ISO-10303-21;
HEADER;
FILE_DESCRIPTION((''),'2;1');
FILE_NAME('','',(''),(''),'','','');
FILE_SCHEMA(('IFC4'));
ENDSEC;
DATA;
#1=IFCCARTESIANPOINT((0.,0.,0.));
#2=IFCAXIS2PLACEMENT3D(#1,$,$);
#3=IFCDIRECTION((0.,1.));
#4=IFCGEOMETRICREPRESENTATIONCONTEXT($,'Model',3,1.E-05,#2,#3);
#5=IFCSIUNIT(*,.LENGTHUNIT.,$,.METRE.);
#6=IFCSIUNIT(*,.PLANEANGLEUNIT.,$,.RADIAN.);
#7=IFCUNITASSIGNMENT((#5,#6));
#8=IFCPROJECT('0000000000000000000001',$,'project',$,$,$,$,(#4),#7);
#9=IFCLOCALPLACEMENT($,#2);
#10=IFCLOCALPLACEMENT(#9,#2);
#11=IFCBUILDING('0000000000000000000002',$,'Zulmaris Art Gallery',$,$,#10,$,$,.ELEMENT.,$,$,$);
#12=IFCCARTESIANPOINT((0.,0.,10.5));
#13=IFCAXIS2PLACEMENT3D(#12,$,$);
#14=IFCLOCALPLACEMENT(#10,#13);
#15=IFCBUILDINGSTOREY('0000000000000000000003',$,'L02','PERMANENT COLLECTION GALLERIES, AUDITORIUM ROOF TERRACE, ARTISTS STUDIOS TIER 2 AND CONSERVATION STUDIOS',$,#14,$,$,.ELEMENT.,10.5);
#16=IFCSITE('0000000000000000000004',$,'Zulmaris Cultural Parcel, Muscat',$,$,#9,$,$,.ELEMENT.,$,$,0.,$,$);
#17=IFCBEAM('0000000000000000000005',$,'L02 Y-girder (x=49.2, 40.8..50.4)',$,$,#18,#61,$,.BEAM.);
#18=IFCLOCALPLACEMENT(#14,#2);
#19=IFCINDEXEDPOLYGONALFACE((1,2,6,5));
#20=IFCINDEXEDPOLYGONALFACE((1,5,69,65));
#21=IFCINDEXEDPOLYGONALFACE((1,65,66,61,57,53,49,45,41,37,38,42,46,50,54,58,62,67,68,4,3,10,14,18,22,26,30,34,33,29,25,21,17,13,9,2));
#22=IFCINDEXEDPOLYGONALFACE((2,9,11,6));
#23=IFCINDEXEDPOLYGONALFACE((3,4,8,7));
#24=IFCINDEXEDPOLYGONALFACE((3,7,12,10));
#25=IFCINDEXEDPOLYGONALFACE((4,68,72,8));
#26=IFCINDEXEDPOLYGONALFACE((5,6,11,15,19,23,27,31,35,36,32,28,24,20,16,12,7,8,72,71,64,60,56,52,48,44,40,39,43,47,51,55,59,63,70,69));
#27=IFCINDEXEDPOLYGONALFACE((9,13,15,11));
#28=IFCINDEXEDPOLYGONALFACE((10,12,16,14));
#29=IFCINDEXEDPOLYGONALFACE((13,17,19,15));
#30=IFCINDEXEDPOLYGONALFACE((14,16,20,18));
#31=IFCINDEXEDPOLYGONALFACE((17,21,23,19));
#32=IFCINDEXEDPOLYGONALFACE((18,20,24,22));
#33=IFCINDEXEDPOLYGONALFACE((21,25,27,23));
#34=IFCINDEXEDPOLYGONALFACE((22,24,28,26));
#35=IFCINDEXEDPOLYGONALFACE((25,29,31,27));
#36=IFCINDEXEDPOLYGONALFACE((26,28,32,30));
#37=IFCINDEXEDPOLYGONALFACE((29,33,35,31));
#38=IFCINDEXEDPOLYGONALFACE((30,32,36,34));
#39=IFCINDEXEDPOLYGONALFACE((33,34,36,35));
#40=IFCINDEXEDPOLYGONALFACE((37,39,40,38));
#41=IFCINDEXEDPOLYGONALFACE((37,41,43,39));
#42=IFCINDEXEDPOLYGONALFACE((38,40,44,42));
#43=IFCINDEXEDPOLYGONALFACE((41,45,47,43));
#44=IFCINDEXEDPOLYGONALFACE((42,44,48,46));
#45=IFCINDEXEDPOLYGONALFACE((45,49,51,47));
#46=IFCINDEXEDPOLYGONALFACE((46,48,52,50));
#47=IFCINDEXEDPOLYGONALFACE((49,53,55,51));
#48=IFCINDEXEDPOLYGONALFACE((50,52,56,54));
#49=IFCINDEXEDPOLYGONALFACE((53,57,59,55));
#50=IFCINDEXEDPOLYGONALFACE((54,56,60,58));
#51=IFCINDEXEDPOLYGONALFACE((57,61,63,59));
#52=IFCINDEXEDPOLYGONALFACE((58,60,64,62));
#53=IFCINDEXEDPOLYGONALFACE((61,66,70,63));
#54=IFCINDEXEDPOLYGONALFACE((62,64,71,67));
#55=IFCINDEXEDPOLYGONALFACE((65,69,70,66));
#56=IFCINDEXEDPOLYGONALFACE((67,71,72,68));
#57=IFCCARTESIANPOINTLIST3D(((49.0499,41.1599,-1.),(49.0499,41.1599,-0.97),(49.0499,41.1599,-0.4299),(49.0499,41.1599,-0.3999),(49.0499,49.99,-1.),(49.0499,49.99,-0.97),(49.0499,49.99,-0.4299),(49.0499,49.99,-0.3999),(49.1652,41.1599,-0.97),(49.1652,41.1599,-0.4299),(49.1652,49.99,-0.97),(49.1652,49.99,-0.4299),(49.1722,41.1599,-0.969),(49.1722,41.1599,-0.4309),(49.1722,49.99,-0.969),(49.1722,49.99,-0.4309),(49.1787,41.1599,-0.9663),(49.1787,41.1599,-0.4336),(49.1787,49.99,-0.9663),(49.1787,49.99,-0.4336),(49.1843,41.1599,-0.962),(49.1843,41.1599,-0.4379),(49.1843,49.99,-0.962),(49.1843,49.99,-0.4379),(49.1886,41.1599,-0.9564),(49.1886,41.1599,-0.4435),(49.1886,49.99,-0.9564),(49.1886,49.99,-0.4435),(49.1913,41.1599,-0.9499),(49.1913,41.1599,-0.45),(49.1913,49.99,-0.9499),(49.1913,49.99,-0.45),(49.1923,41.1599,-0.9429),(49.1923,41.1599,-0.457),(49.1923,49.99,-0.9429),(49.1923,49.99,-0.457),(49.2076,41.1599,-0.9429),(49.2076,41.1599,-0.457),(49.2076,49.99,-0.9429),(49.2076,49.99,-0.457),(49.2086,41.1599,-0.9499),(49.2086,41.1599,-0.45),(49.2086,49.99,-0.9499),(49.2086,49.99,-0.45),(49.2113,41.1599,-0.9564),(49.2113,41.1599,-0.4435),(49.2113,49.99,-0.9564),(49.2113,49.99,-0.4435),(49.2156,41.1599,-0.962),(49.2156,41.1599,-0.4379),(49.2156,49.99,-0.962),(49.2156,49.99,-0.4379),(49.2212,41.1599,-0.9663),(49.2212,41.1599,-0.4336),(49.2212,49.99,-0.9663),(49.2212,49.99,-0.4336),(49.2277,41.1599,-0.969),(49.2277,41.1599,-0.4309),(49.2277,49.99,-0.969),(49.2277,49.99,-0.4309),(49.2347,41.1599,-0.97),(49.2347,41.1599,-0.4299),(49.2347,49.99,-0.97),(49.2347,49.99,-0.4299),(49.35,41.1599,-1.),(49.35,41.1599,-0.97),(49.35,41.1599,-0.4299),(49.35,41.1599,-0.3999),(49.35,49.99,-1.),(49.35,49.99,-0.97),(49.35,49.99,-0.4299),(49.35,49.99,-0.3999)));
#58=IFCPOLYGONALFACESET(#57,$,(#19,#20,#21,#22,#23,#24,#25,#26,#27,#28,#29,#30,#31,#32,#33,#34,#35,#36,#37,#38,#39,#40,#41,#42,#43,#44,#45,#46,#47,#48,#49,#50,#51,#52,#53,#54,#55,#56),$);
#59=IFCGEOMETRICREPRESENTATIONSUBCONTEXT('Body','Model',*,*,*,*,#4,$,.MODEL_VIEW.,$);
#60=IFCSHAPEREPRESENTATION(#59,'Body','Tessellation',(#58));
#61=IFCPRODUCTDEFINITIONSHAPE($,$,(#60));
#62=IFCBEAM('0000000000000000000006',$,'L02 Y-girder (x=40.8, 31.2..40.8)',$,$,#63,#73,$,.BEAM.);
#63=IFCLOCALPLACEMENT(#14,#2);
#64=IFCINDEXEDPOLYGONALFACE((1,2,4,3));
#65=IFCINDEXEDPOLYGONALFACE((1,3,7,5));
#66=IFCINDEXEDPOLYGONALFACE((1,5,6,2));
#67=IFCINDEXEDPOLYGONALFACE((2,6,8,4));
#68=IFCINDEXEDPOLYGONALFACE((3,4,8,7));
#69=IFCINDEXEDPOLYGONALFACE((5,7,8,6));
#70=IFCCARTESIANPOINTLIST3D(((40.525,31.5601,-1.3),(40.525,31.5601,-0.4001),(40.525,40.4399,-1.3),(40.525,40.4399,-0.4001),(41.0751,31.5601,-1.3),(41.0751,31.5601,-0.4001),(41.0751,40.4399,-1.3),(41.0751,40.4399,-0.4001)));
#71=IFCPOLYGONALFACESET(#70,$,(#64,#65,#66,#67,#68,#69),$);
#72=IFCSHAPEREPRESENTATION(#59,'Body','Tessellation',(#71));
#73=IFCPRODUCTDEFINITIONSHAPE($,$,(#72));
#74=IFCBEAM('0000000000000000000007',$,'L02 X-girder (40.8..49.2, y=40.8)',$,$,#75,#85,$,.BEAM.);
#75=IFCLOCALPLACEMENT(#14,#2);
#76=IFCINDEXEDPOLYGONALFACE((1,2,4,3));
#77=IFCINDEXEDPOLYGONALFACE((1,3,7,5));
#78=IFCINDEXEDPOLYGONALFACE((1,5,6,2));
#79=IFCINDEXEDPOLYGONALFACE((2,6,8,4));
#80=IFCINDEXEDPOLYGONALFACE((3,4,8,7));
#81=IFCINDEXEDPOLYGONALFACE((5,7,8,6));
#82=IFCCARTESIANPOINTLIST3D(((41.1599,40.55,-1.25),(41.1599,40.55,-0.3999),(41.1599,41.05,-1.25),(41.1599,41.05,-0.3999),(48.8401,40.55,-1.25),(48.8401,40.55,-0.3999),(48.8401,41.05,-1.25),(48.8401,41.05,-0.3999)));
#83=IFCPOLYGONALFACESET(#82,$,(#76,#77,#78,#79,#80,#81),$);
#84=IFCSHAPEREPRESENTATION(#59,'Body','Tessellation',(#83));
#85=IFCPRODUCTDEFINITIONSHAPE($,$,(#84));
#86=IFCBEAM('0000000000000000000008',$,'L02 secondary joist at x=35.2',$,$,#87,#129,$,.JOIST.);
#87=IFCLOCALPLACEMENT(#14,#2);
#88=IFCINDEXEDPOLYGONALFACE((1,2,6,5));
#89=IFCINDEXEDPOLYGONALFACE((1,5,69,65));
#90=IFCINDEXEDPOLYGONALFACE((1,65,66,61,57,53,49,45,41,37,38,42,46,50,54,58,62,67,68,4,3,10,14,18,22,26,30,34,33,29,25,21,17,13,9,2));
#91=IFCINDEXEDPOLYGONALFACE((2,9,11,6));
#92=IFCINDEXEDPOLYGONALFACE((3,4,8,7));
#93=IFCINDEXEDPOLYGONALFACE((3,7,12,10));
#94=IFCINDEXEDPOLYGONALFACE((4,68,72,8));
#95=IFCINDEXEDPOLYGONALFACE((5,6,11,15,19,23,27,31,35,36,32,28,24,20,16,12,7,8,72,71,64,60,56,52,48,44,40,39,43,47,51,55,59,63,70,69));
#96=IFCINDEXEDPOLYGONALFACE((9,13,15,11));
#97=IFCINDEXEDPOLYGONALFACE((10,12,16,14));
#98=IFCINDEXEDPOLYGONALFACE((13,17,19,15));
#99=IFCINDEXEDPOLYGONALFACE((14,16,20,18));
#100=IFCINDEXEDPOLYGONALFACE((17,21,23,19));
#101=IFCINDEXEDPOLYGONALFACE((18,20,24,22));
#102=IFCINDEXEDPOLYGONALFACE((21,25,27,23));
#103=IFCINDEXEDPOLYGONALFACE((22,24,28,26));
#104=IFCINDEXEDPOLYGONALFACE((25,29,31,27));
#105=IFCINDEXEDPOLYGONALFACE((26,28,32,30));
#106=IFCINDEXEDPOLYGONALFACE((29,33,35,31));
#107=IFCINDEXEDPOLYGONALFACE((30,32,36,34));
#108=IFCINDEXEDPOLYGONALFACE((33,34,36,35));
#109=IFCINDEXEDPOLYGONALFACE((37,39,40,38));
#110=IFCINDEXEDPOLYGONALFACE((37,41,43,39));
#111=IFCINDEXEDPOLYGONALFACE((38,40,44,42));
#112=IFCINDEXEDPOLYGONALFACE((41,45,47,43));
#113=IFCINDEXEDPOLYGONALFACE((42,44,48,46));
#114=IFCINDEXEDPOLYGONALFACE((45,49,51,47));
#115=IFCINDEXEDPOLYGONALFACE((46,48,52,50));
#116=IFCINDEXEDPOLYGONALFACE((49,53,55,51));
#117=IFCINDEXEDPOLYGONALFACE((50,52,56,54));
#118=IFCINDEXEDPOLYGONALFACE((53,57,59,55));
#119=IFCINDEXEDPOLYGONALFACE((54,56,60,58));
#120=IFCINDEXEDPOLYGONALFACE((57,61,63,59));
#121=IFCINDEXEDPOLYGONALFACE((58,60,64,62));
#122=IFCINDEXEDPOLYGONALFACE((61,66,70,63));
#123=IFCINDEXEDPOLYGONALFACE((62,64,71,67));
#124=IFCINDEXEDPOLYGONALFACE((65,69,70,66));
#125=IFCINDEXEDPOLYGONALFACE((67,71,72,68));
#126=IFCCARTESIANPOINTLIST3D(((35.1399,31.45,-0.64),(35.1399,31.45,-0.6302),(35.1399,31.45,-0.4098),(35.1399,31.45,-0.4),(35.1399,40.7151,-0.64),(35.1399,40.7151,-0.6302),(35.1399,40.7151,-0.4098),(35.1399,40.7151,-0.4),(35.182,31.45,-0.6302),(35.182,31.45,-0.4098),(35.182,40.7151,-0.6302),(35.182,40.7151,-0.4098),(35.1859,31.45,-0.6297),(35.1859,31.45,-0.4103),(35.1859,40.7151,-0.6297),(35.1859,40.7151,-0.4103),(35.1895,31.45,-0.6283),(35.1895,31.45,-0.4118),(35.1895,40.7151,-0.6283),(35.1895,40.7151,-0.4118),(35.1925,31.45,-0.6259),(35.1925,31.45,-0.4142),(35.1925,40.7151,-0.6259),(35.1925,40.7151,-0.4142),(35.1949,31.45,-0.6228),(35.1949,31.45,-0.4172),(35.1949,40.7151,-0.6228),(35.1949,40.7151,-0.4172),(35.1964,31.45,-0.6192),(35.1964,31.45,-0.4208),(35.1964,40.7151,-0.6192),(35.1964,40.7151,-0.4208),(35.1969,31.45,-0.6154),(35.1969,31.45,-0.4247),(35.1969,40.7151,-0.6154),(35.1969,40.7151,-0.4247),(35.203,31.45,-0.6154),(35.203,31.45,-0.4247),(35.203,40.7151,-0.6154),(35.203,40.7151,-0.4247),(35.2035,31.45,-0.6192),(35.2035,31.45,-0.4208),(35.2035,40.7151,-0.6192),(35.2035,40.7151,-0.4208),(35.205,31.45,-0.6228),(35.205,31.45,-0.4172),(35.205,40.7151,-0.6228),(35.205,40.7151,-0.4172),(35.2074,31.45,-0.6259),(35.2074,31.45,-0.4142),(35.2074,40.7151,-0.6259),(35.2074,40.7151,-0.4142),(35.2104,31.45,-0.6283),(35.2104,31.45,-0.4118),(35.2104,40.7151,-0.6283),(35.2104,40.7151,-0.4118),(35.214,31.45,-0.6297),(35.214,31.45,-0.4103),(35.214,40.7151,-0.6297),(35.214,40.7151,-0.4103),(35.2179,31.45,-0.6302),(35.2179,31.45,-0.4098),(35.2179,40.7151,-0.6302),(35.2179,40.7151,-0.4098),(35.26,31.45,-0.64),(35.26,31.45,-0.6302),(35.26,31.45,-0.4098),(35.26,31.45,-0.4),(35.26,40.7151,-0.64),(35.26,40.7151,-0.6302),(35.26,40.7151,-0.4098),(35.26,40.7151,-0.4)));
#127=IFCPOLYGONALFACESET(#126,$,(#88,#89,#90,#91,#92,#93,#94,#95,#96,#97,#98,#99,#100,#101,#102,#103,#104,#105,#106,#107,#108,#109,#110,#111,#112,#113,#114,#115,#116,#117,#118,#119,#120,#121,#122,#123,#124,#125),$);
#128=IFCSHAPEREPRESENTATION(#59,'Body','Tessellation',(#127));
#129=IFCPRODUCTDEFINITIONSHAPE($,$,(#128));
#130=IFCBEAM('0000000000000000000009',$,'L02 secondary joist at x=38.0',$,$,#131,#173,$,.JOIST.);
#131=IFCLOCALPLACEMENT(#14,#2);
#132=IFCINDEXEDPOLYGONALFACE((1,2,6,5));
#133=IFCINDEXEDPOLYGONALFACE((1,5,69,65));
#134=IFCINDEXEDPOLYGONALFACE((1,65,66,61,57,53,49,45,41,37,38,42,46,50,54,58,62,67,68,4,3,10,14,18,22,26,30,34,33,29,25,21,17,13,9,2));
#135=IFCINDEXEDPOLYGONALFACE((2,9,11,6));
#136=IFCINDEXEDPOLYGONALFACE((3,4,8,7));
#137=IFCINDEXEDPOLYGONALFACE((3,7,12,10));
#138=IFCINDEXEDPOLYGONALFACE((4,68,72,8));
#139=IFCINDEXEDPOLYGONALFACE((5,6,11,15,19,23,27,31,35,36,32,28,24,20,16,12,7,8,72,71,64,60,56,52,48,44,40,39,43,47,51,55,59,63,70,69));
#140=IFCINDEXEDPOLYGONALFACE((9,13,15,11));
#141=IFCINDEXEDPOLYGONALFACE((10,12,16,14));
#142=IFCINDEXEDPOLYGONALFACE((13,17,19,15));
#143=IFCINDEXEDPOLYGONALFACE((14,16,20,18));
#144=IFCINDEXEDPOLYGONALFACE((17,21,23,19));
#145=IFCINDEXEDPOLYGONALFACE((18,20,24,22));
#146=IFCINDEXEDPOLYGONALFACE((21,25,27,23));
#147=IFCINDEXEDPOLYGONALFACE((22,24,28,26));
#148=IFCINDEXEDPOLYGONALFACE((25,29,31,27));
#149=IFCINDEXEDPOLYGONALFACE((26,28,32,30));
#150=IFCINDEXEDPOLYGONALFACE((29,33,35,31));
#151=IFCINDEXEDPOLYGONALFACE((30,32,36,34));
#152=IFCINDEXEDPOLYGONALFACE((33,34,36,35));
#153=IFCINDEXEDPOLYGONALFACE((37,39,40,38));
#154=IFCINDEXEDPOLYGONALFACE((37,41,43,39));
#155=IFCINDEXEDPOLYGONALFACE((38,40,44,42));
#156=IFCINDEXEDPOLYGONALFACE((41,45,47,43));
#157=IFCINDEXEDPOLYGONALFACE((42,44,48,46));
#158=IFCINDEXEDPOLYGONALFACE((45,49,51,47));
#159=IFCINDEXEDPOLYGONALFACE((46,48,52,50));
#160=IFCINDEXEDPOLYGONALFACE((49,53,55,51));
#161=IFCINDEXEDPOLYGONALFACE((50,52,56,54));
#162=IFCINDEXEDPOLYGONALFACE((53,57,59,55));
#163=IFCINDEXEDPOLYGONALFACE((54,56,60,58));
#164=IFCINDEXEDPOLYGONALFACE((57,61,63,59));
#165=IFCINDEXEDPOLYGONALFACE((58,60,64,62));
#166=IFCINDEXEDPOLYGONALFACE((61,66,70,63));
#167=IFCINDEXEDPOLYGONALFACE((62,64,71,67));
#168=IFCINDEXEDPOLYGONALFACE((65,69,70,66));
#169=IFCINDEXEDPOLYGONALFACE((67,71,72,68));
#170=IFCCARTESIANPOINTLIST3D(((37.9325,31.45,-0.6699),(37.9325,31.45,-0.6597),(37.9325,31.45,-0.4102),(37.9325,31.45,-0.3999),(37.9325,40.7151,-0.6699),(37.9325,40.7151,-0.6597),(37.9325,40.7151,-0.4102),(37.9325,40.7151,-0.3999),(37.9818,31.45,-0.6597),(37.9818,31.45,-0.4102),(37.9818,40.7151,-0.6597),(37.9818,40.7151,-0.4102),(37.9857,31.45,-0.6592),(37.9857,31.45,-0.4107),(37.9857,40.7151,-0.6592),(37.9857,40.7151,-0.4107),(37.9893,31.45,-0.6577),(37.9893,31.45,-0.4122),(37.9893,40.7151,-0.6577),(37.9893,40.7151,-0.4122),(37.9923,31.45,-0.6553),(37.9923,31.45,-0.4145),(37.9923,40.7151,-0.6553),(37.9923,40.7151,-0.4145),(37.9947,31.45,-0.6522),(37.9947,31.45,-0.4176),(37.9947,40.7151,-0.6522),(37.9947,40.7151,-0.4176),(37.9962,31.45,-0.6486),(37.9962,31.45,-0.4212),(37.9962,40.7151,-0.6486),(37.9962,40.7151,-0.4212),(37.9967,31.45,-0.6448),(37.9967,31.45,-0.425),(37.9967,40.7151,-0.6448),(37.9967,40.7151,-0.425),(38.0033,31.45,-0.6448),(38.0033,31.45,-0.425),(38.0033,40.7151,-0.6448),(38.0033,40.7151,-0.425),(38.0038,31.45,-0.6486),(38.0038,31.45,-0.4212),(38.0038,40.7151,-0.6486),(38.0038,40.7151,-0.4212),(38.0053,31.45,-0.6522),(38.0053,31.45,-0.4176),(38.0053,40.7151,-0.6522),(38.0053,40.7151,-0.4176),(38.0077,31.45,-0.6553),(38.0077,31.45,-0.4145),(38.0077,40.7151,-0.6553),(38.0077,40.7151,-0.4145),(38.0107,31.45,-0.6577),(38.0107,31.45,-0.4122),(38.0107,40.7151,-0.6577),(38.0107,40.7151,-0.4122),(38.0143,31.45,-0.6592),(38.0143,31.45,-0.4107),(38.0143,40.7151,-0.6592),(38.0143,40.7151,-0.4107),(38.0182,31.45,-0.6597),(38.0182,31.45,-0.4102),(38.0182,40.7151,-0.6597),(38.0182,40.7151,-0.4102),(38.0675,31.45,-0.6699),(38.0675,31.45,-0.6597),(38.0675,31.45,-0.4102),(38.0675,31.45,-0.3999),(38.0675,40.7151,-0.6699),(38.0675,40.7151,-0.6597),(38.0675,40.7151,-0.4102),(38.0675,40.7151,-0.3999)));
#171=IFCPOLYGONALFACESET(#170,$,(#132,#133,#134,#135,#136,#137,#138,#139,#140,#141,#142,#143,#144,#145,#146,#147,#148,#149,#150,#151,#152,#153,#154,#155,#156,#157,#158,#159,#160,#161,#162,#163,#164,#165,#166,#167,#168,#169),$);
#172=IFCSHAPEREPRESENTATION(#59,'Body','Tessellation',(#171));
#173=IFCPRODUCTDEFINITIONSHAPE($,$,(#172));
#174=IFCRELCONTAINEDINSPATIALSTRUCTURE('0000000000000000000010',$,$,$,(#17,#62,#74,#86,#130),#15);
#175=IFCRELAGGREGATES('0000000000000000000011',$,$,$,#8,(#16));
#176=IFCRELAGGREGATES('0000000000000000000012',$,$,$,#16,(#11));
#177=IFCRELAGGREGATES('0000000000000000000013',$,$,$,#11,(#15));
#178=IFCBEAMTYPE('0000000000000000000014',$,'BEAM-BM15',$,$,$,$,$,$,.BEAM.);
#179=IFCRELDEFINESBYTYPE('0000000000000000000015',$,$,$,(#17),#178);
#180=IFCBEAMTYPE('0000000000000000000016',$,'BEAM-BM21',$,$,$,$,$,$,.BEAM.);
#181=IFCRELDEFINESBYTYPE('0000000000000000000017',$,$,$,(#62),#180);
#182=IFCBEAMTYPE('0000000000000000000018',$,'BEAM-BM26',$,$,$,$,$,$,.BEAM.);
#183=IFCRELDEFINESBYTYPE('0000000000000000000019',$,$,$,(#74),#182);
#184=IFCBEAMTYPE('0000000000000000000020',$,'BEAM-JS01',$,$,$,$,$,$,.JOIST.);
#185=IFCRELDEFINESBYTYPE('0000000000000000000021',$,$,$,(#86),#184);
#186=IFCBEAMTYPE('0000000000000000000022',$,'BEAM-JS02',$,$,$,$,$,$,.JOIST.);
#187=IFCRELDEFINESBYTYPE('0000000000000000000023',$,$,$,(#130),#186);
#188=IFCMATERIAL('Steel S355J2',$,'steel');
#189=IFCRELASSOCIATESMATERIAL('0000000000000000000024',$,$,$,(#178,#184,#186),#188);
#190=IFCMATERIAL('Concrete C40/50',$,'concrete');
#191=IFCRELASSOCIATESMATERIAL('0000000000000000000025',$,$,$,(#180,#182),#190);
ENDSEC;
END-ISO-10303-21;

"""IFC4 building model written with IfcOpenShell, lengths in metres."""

from ifc_helpers import new_model, si_unit, direction, frame, origin, origin_2d, place, context, subcontext, project, spatial, rectangle, i_section, extrude, material, material_profile, profile_set, type_object, element, save


model = new_model("IFC4")

# Units and contexts
model_context = context("Model", 3, precision=1e-05, world=origin(), true_north=direction((0.0, 1.0)))
body_context = subcontext(model_context, "Body", "Model", "MODEL_VIEW")
ifc_project = project(units=[si_unit("LENGTHUNIT", "METRE"), si_unit("PLANEANGLEUNIT", "RADIAN")], contexts=[model_context])

# Site, building, storey
site_placement = place(None, origin())
site = spatial("IfcSite", under=ifc_project, at=site_placement, Name="Zulmaris Cultural Parcel, Muscat", CompositionType="ELEMENT", RefElevation=0.0)
building_placement = place(site_placement, origin())
building = spatial("IfcBuilding", under=site, at=building_placement, Name="Zulmaris Art Gallery", CompositionType="ELEMENT")
storey_placement = place(building_placement, frame((0.0, 0.0, 10.5)))
storey = spatial("IfcBuildingStorey", under=building, at=storey_placement, Name="L02", Description="PERMANENT COLLECTION GALLERIES, AUDITORIUM ROOF TERRACE, ARTISTS STUDIOS TIER 2 AND CONSERVATION STUDIOS", CompositionType="ELEMENT", Elevation=10.5)

# Shared definitions
ifc_material_1 = material(Name="Concrete C40/50", Category="concrete")

# Beams
ifc_material_2 = material(Name="Steel S355J2", Category="steel")
ifc_material_profile_1 = material_profile(ifc_material_2, i_section(OverallWidth=0.3, OverallDepth=0.6001, WebThickness=0.0154, FlangeThickness=0.03, FilletRadius=0.0271, at=origin_2d()), Name="HEB 600")
ifc_profile_set_1 = profile_set([ifc_material_profile_1], Name="Steel S355J2")
beam_type_1 = type_object("IfcBeamType", Name="BEAM-BM15", PredefinedType="BEAM", material=ifc_profile_set_1)
beam_1_placement = place(storey_placement, frame((49.2, 41.1599, -0.7), z_axis=(0.0, 1.0, 0.0), x_axis=(-1.0, 0.0, 0.0)))
element("IfcBeam", 1, at=beam_1_placement, inside=storey, type_object=beam_type_1, Name="L02 Y-girder (x=49.2, 40.8..50.4)", PredefinedType="BEAM", context=body_context, shape_type="SweptSolid", body=[
    extrude(i_section(OverallWidth=0.3, OverallDepth=0.6001, WebThickness=0.0154, FlangeThickness=0.03, FilletRadius=0.0271, at=origin_2d()), origin(), (0.0, 0.0, 1.0), 8.8301),
])
ifc_material_profile_2 = material_profile(ifc_material_1, rectangle(XDim=0.55, YDim=0.8999, at=origin_2d()), Name="RC 550x900")
ifc_profile_set_2 = profile_set([ifc_material_profile_2], Name="Concrete C40/50")
beam_type_2 = type_object("IfcBeamType", Name="BEAM-BM21", PredefinedType="BEAM", material=ifc_profile_set_2)
beam_2_placement = place(storey_placement, frame((40.8, 31.5601, -0.8501), z_axis=(0.0, 1.0, 0.0), x_axis=(-1.0, 0.0, 0.0)))
element("IfcBeam", 2, at=beam_2_placement, inside=storey, type_object=beam_type_2, Name="L02 Y-girder (x=40.8, 31.2..40.8)", PredefinedType="BEAM", context=body_context, shape_type="SweptSolid", body=[
    extrude(rectangle(XDim=0.55, YDim=0.8999, at=origin_2d()), origin(), (0.0, 0.0, 1.0), 8.8799),
])
ifc_material_profile_3 = material_profile(ifc_material_1, rectangle(XDim=0.5, YDim=0.8501, at=origin_2d()), Name="RC 500x850")
ifc_profile_set_3 = profile_set([ifc_material_profile_3], Name="Concrete C40/50")
beam_type_3 = type_object("IfcBeamType", Name="BEAM-BM26", PredefinedType="BEAM", material=ifc_profile_set_3)
beam_3_placement = place(storey_placement, frame((41.1599, 40.8, -0.825), z_axis=(1.0, 0.0, 0.0), x_axis=(0.0, 1.0, 0.0)))
element("IfcBeam", 3, at=beam_3_placement, inside=storey, type_object=beam_type_3, Name="L02 X-girder (40.8..49.2, y=40.8)", PredefinedType="BEAM", context=body_context, shape_type="SweptSolid", body=[
    extrude(rectangle(XDim=0.5, YDim=0.8501, at=origin_2d()), origin(), (0.0, 0.0, 1.0), 7.6802),
])
ifc_material_profile_4 = material_profile(ifc_material_2, i_section(OverallWidth=0.1201, OverallDepth=0.24, WebThickness=0.0061, FlangeThickness=0.0098, FilletRadius=0.0149, at=origin_2d()), Name="IPE 240")
ifc_profile_set_4 = profile_set([ifc_material_profile_4], Name="Steel S355J2")
beam_type_4 = type_object("IfcBeamType", Name="BEAM-JS01", PredefinedType="JOIST", material=ifc_profile_set_4)
beam_4_placement = place(storey_placement, frame((35.2, 31.45, -0.52), z_axis=(0.0, 1.0, 0.0), x_axis=(-1.0, 0.0, 0.0)))
element("IfcBeam", 4, at=beam_4_placement, inside=storey, type_object=beam_type_4, Name="L02 secondary joist at x=35.2", PredefinedType="JOIST", context=body_context, shape_type="SweptSolid", body=[
    extrude(i_section(OverallWidth=0.1201, OverallDepth=0.24, WebThickness=0.0061, FlangeThickness=0.0098, FilletRadius=0.0149, at=origin_2d()), origin(), (0.0, 0.0, 1.0), 9.2651),
])
ifc_material_profile_5 = material_profile(ifc_material_2, i_section(OverallWidth=0.135, OverallDepth=0.27, WebThickness=0.0066, FlangeThickness=0.0103, FilletRadius=0.0149, at=origin_2d()), Name="IPE 270")
ifc_profile_set_5 = profile_set([ifc_material_profile_5], Name="Steel S355J2")
beam_type_5 = type_object("IfcBeamType", Name="BEAM-JS02", PredefinedType="JOIST", material=ifc_profile_set_5)
beam_5_placement = place(storey_placement, frame((38.0, 31.45, -0.5349), z_axis=(0.0, 1.0, 0.0), x_axis=(-1.0, 0.0, 0.0)))
element("IfcBeam", 5, at=beam_5_placement, inside=storey, type_object=beam_type_5, Name="L02 secondary joist at x=38.0", PredefinedType="JOIST", context=body_context, shape_type="SweptSolid", body=[
    extrude(i_section(OverallWidth=0.135, OverallDepth=0.27, WebThickness=0.0066, FlangeThickness=0.0103, FilletRadius=0.0149, at=origin_2d()), origin(), (0.0, 0.0, 1.0), 9.2651),
])

save(model, "model.ifc")
